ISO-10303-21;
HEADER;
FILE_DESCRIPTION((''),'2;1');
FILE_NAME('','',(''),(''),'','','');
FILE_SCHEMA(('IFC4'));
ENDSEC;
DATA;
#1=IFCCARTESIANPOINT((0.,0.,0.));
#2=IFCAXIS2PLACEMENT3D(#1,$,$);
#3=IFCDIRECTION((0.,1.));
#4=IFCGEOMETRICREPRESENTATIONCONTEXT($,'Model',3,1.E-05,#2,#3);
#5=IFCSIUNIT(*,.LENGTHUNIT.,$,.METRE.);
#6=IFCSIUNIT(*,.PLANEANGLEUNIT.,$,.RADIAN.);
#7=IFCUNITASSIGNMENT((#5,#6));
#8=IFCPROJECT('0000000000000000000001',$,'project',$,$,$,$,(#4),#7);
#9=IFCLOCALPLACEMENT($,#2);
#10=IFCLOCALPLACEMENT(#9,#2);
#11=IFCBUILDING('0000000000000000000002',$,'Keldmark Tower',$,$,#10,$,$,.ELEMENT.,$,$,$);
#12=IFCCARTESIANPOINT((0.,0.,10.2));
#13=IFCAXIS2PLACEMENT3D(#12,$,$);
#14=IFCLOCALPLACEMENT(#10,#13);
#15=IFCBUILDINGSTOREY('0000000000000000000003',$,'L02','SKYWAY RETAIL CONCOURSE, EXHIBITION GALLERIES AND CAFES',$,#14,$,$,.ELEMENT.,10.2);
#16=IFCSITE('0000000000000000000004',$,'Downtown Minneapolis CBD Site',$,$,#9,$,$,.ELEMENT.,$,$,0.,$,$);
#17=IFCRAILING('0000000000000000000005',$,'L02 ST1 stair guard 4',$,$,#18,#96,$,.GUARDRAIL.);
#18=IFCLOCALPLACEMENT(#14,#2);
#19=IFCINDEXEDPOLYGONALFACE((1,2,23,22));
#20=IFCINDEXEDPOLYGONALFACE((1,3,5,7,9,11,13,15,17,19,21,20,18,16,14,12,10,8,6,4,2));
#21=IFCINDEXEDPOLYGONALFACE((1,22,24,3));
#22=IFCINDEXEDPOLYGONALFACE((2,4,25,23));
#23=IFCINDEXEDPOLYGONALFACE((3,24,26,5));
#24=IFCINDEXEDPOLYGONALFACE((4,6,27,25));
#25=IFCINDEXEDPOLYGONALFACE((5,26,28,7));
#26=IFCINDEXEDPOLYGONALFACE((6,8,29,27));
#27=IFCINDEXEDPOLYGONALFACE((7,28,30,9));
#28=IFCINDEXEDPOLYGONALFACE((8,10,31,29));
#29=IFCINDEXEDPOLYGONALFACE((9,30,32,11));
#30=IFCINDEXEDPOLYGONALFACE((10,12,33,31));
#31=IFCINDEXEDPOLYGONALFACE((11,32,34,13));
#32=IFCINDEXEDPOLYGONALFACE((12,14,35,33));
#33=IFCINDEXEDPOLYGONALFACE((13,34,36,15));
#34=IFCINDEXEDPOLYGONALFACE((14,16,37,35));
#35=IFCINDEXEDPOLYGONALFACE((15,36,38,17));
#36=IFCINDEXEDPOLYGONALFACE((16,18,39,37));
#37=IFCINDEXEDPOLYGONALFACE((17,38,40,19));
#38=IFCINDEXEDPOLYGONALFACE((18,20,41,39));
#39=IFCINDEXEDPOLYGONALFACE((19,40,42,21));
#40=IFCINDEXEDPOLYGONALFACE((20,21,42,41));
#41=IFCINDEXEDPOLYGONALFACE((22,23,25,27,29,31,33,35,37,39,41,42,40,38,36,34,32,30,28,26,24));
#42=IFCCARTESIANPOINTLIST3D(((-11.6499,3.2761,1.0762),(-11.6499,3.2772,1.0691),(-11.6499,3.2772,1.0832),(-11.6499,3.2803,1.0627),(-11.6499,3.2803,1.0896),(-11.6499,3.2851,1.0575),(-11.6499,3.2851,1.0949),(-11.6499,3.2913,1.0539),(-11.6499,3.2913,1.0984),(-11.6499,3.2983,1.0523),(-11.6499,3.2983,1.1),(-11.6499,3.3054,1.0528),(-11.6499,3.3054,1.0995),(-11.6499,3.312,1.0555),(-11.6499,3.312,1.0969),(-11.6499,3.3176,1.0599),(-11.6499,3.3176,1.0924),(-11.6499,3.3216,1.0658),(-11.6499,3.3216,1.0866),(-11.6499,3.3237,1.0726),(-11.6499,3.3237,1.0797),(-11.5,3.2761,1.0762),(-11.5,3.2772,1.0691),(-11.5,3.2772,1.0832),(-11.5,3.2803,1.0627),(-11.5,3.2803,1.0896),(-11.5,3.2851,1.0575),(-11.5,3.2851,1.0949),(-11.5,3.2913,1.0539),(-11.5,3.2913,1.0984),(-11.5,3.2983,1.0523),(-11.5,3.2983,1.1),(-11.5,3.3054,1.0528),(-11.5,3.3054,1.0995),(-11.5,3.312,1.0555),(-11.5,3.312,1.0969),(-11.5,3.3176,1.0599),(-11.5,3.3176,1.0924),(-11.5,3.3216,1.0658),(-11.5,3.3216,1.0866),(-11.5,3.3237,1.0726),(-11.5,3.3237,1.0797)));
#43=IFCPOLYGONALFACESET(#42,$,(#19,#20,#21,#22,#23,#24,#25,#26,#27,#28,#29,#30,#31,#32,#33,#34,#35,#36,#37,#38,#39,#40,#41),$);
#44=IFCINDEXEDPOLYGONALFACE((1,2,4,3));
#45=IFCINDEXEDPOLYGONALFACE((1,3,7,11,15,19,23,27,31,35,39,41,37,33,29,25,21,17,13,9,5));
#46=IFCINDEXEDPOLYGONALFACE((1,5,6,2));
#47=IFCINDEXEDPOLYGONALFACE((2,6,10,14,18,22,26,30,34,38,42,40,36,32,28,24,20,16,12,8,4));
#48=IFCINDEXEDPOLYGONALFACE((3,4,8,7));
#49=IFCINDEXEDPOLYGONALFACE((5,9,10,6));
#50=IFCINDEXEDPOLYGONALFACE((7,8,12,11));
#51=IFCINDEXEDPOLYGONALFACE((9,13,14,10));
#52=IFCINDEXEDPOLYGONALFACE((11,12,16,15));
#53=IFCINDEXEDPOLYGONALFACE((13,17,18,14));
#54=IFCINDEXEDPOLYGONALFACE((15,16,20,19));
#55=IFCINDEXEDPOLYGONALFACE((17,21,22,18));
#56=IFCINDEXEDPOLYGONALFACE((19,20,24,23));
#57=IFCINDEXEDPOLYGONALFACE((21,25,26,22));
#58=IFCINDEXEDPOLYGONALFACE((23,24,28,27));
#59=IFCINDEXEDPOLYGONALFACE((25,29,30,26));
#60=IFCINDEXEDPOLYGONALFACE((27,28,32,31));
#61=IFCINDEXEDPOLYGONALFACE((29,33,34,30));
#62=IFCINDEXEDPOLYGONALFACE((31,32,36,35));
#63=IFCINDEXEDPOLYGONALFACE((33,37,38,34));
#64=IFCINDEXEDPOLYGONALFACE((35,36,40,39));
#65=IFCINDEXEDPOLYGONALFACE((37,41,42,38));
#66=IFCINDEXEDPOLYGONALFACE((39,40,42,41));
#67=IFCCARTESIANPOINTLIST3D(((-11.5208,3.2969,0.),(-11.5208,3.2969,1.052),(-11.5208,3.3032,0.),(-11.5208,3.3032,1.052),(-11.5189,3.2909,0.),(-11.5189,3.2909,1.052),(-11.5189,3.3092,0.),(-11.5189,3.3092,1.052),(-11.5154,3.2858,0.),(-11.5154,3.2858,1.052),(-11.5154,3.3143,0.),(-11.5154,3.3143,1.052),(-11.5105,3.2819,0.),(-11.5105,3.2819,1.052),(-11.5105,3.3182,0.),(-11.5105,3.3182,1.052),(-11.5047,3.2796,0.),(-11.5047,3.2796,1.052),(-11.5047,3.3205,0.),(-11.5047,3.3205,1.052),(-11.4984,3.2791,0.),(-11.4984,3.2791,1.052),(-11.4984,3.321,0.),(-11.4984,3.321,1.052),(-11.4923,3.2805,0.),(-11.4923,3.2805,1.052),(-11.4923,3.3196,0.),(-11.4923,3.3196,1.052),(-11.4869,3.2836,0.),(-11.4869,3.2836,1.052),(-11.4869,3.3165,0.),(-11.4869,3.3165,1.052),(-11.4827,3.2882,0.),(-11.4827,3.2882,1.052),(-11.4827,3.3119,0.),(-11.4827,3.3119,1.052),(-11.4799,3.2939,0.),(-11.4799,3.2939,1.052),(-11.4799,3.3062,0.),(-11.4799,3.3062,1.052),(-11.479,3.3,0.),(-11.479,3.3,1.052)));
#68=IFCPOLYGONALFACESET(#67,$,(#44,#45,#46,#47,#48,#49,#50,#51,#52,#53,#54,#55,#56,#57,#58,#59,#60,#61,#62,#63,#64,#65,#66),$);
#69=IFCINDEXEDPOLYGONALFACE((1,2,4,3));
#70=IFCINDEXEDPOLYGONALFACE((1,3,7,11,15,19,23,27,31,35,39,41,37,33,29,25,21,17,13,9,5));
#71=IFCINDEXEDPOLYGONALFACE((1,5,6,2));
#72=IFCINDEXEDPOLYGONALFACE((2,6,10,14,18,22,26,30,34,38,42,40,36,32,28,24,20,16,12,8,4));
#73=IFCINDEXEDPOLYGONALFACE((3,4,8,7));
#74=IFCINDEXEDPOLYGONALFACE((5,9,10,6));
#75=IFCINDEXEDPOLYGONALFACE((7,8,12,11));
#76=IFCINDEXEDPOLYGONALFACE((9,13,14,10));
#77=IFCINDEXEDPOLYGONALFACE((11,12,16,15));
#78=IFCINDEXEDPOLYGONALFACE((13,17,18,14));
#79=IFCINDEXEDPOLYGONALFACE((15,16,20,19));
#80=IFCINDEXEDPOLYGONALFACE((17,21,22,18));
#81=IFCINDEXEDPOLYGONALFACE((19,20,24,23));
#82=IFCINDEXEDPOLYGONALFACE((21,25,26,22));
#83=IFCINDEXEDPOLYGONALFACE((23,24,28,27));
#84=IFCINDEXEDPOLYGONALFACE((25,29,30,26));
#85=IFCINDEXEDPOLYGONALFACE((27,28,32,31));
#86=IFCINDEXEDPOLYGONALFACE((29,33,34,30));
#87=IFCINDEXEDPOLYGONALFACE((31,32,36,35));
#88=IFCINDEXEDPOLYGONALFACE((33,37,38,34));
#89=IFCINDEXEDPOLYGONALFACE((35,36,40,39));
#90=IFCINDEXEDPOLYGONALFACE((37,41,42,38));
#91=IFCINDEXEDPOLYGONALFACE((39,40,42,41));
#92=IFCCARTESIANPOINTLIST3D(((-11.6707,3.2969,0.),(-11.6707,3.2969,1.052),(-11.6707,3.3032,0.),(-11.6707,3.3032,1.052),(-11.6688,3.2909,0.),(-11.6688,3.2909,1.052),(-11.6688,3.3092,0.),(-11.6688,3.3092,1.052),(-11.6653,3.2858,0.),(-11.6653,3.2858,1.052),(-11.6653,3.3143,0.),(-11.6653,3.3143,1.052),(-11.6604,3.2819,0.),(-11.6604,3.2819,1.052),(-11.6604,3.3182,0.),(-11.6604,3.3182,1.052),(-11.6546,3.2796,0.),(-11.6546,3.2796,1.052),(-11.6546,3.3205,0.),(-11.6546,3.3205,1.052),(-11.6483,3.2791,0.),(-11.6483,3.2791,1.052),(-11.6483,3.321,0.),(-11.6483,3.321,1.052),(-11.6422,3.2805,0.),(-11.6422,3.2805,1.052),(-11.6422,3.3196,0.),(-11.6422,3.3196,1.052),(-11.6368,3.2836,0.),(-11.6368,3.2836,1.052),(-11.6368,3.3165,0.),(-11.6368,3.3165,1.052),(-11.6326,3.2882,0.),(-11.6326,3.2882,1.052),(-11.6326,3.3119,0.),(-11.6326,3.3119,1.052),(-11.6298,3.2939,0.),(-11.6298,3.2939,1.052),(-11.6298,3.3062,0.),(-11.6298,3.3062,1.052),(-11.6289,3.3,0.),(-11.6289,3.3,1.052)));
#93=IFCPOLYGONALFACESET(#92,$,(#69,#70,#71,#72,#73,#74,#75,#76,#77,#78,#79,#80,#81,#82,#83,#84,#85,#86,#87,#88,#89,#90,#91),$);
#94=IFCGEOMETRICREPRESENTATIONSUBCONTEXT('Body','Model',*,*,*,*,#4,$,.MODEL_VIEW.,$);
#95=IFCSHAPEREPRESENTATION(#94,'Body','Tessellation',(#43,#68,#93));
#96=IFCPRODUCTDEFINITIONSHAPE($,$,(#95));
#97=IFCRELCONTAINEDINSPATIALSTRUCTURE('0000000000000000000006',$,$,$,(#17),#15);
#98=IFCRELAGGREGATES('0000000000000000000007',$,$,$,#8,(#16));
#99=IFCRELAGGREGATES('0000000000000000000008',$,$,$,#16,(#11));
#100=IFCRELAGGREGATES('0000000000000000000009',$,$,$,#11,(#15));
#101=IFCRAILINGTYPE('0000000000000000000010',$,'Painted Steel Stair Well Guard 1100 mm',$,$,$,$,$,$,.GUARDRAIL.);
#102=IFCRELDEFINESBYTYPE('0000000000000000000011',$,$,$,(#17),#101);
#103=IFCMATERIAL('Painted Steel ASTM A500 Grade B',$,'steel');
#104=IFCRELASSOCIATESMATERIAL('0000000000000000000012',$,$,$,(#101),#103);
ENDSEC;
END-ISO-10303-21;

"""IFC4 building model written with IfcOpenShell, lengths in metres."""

from ifc_helpers import new_model, si_unit, direction, frame, origin, origin_2d, place, context, subcontext, project, spatial, circle, extrude, material, type_object, element, save


model = new_model("IFC4")

# Units and contexts
model_context = context("Model", 3, precision=1e-05, world=origin(), true_north=direction((0.0, 1.0)))
body_context = subcontext(model_context, "Body", "Model", "MODEL_VIEW")
ifc_project = project(units=[si_unit("LENGTHUNIT", "METRE"), si_unit("PLANEANGLEUNIT", "RADIAN")], contexts=[model_context])

# Site, building, storey
site_placement = place(None, origin())
site = spatial("IfcSite", under=ifc_project, at=site_placement, Name="Downtown Minneapolis CBD Site", CompositionType="ELEMENT", RefElevation=0.0)
building_placement = place(site_placement, origin())
building = spatial("IfcBuilding", under=site, at=building_placement, Name="Keldmark Tower", CompositionType="ELEMENT")
storey_placement = place(building_placement, frame((0.0, 0.0, 10.2)))
storey = spatial("IfcBuildingStorey", under=building, at=storey_placement, Name="L02", Description="SKYWAY RETAIL CONCOURSE, EXHIBITION GALLERIES AND CAFES", CompositionType="ELEMENT", Elevation=10.2)

# Railing
ifc_material_1 = material(Name="Painted Steel ASTM A500 Grade B", Category="steel")
railing_type_1 = type_object("IfcRailingType", Name="Painted Steel Stair Well Guard 1100 mm", PredefinedType="GUARDRAIL", material=ifc_material_1)
railing_1_placement = place(storey_placement, frame((-11.5, 3.3, 0.0)))
element("IfcRailing", 1, at=railing_1_placement, inside=storey, type_object=railing_type_1, Name="L02 ST1 stair guard 4", PredefinedType="GUARDRAIL", context=body_context, shape_type="SweptSolid", body=[
    extrude(circle(Radius=0.0239, at=origin_2d()), frame((0.0, 0.0, 1.0762), z_axis=(-1.0, 0.0, 0.0), x_axis=(0.0, -1.0, 0.0)), (0.0, 0.0, 1.0), 0.1499),
    extrude(circle(Radius=0.021, at=origin_2d()), origin(), (0.0, 0.0, 1.0), 1.052),
    extrude(circle(Radius=0.021, at=origin_2d()), frame((-0.1499, 0.0, 0.0)), (0.0, 0.0, 1.0), 1.052),
])

save(model, "model.ifc")
